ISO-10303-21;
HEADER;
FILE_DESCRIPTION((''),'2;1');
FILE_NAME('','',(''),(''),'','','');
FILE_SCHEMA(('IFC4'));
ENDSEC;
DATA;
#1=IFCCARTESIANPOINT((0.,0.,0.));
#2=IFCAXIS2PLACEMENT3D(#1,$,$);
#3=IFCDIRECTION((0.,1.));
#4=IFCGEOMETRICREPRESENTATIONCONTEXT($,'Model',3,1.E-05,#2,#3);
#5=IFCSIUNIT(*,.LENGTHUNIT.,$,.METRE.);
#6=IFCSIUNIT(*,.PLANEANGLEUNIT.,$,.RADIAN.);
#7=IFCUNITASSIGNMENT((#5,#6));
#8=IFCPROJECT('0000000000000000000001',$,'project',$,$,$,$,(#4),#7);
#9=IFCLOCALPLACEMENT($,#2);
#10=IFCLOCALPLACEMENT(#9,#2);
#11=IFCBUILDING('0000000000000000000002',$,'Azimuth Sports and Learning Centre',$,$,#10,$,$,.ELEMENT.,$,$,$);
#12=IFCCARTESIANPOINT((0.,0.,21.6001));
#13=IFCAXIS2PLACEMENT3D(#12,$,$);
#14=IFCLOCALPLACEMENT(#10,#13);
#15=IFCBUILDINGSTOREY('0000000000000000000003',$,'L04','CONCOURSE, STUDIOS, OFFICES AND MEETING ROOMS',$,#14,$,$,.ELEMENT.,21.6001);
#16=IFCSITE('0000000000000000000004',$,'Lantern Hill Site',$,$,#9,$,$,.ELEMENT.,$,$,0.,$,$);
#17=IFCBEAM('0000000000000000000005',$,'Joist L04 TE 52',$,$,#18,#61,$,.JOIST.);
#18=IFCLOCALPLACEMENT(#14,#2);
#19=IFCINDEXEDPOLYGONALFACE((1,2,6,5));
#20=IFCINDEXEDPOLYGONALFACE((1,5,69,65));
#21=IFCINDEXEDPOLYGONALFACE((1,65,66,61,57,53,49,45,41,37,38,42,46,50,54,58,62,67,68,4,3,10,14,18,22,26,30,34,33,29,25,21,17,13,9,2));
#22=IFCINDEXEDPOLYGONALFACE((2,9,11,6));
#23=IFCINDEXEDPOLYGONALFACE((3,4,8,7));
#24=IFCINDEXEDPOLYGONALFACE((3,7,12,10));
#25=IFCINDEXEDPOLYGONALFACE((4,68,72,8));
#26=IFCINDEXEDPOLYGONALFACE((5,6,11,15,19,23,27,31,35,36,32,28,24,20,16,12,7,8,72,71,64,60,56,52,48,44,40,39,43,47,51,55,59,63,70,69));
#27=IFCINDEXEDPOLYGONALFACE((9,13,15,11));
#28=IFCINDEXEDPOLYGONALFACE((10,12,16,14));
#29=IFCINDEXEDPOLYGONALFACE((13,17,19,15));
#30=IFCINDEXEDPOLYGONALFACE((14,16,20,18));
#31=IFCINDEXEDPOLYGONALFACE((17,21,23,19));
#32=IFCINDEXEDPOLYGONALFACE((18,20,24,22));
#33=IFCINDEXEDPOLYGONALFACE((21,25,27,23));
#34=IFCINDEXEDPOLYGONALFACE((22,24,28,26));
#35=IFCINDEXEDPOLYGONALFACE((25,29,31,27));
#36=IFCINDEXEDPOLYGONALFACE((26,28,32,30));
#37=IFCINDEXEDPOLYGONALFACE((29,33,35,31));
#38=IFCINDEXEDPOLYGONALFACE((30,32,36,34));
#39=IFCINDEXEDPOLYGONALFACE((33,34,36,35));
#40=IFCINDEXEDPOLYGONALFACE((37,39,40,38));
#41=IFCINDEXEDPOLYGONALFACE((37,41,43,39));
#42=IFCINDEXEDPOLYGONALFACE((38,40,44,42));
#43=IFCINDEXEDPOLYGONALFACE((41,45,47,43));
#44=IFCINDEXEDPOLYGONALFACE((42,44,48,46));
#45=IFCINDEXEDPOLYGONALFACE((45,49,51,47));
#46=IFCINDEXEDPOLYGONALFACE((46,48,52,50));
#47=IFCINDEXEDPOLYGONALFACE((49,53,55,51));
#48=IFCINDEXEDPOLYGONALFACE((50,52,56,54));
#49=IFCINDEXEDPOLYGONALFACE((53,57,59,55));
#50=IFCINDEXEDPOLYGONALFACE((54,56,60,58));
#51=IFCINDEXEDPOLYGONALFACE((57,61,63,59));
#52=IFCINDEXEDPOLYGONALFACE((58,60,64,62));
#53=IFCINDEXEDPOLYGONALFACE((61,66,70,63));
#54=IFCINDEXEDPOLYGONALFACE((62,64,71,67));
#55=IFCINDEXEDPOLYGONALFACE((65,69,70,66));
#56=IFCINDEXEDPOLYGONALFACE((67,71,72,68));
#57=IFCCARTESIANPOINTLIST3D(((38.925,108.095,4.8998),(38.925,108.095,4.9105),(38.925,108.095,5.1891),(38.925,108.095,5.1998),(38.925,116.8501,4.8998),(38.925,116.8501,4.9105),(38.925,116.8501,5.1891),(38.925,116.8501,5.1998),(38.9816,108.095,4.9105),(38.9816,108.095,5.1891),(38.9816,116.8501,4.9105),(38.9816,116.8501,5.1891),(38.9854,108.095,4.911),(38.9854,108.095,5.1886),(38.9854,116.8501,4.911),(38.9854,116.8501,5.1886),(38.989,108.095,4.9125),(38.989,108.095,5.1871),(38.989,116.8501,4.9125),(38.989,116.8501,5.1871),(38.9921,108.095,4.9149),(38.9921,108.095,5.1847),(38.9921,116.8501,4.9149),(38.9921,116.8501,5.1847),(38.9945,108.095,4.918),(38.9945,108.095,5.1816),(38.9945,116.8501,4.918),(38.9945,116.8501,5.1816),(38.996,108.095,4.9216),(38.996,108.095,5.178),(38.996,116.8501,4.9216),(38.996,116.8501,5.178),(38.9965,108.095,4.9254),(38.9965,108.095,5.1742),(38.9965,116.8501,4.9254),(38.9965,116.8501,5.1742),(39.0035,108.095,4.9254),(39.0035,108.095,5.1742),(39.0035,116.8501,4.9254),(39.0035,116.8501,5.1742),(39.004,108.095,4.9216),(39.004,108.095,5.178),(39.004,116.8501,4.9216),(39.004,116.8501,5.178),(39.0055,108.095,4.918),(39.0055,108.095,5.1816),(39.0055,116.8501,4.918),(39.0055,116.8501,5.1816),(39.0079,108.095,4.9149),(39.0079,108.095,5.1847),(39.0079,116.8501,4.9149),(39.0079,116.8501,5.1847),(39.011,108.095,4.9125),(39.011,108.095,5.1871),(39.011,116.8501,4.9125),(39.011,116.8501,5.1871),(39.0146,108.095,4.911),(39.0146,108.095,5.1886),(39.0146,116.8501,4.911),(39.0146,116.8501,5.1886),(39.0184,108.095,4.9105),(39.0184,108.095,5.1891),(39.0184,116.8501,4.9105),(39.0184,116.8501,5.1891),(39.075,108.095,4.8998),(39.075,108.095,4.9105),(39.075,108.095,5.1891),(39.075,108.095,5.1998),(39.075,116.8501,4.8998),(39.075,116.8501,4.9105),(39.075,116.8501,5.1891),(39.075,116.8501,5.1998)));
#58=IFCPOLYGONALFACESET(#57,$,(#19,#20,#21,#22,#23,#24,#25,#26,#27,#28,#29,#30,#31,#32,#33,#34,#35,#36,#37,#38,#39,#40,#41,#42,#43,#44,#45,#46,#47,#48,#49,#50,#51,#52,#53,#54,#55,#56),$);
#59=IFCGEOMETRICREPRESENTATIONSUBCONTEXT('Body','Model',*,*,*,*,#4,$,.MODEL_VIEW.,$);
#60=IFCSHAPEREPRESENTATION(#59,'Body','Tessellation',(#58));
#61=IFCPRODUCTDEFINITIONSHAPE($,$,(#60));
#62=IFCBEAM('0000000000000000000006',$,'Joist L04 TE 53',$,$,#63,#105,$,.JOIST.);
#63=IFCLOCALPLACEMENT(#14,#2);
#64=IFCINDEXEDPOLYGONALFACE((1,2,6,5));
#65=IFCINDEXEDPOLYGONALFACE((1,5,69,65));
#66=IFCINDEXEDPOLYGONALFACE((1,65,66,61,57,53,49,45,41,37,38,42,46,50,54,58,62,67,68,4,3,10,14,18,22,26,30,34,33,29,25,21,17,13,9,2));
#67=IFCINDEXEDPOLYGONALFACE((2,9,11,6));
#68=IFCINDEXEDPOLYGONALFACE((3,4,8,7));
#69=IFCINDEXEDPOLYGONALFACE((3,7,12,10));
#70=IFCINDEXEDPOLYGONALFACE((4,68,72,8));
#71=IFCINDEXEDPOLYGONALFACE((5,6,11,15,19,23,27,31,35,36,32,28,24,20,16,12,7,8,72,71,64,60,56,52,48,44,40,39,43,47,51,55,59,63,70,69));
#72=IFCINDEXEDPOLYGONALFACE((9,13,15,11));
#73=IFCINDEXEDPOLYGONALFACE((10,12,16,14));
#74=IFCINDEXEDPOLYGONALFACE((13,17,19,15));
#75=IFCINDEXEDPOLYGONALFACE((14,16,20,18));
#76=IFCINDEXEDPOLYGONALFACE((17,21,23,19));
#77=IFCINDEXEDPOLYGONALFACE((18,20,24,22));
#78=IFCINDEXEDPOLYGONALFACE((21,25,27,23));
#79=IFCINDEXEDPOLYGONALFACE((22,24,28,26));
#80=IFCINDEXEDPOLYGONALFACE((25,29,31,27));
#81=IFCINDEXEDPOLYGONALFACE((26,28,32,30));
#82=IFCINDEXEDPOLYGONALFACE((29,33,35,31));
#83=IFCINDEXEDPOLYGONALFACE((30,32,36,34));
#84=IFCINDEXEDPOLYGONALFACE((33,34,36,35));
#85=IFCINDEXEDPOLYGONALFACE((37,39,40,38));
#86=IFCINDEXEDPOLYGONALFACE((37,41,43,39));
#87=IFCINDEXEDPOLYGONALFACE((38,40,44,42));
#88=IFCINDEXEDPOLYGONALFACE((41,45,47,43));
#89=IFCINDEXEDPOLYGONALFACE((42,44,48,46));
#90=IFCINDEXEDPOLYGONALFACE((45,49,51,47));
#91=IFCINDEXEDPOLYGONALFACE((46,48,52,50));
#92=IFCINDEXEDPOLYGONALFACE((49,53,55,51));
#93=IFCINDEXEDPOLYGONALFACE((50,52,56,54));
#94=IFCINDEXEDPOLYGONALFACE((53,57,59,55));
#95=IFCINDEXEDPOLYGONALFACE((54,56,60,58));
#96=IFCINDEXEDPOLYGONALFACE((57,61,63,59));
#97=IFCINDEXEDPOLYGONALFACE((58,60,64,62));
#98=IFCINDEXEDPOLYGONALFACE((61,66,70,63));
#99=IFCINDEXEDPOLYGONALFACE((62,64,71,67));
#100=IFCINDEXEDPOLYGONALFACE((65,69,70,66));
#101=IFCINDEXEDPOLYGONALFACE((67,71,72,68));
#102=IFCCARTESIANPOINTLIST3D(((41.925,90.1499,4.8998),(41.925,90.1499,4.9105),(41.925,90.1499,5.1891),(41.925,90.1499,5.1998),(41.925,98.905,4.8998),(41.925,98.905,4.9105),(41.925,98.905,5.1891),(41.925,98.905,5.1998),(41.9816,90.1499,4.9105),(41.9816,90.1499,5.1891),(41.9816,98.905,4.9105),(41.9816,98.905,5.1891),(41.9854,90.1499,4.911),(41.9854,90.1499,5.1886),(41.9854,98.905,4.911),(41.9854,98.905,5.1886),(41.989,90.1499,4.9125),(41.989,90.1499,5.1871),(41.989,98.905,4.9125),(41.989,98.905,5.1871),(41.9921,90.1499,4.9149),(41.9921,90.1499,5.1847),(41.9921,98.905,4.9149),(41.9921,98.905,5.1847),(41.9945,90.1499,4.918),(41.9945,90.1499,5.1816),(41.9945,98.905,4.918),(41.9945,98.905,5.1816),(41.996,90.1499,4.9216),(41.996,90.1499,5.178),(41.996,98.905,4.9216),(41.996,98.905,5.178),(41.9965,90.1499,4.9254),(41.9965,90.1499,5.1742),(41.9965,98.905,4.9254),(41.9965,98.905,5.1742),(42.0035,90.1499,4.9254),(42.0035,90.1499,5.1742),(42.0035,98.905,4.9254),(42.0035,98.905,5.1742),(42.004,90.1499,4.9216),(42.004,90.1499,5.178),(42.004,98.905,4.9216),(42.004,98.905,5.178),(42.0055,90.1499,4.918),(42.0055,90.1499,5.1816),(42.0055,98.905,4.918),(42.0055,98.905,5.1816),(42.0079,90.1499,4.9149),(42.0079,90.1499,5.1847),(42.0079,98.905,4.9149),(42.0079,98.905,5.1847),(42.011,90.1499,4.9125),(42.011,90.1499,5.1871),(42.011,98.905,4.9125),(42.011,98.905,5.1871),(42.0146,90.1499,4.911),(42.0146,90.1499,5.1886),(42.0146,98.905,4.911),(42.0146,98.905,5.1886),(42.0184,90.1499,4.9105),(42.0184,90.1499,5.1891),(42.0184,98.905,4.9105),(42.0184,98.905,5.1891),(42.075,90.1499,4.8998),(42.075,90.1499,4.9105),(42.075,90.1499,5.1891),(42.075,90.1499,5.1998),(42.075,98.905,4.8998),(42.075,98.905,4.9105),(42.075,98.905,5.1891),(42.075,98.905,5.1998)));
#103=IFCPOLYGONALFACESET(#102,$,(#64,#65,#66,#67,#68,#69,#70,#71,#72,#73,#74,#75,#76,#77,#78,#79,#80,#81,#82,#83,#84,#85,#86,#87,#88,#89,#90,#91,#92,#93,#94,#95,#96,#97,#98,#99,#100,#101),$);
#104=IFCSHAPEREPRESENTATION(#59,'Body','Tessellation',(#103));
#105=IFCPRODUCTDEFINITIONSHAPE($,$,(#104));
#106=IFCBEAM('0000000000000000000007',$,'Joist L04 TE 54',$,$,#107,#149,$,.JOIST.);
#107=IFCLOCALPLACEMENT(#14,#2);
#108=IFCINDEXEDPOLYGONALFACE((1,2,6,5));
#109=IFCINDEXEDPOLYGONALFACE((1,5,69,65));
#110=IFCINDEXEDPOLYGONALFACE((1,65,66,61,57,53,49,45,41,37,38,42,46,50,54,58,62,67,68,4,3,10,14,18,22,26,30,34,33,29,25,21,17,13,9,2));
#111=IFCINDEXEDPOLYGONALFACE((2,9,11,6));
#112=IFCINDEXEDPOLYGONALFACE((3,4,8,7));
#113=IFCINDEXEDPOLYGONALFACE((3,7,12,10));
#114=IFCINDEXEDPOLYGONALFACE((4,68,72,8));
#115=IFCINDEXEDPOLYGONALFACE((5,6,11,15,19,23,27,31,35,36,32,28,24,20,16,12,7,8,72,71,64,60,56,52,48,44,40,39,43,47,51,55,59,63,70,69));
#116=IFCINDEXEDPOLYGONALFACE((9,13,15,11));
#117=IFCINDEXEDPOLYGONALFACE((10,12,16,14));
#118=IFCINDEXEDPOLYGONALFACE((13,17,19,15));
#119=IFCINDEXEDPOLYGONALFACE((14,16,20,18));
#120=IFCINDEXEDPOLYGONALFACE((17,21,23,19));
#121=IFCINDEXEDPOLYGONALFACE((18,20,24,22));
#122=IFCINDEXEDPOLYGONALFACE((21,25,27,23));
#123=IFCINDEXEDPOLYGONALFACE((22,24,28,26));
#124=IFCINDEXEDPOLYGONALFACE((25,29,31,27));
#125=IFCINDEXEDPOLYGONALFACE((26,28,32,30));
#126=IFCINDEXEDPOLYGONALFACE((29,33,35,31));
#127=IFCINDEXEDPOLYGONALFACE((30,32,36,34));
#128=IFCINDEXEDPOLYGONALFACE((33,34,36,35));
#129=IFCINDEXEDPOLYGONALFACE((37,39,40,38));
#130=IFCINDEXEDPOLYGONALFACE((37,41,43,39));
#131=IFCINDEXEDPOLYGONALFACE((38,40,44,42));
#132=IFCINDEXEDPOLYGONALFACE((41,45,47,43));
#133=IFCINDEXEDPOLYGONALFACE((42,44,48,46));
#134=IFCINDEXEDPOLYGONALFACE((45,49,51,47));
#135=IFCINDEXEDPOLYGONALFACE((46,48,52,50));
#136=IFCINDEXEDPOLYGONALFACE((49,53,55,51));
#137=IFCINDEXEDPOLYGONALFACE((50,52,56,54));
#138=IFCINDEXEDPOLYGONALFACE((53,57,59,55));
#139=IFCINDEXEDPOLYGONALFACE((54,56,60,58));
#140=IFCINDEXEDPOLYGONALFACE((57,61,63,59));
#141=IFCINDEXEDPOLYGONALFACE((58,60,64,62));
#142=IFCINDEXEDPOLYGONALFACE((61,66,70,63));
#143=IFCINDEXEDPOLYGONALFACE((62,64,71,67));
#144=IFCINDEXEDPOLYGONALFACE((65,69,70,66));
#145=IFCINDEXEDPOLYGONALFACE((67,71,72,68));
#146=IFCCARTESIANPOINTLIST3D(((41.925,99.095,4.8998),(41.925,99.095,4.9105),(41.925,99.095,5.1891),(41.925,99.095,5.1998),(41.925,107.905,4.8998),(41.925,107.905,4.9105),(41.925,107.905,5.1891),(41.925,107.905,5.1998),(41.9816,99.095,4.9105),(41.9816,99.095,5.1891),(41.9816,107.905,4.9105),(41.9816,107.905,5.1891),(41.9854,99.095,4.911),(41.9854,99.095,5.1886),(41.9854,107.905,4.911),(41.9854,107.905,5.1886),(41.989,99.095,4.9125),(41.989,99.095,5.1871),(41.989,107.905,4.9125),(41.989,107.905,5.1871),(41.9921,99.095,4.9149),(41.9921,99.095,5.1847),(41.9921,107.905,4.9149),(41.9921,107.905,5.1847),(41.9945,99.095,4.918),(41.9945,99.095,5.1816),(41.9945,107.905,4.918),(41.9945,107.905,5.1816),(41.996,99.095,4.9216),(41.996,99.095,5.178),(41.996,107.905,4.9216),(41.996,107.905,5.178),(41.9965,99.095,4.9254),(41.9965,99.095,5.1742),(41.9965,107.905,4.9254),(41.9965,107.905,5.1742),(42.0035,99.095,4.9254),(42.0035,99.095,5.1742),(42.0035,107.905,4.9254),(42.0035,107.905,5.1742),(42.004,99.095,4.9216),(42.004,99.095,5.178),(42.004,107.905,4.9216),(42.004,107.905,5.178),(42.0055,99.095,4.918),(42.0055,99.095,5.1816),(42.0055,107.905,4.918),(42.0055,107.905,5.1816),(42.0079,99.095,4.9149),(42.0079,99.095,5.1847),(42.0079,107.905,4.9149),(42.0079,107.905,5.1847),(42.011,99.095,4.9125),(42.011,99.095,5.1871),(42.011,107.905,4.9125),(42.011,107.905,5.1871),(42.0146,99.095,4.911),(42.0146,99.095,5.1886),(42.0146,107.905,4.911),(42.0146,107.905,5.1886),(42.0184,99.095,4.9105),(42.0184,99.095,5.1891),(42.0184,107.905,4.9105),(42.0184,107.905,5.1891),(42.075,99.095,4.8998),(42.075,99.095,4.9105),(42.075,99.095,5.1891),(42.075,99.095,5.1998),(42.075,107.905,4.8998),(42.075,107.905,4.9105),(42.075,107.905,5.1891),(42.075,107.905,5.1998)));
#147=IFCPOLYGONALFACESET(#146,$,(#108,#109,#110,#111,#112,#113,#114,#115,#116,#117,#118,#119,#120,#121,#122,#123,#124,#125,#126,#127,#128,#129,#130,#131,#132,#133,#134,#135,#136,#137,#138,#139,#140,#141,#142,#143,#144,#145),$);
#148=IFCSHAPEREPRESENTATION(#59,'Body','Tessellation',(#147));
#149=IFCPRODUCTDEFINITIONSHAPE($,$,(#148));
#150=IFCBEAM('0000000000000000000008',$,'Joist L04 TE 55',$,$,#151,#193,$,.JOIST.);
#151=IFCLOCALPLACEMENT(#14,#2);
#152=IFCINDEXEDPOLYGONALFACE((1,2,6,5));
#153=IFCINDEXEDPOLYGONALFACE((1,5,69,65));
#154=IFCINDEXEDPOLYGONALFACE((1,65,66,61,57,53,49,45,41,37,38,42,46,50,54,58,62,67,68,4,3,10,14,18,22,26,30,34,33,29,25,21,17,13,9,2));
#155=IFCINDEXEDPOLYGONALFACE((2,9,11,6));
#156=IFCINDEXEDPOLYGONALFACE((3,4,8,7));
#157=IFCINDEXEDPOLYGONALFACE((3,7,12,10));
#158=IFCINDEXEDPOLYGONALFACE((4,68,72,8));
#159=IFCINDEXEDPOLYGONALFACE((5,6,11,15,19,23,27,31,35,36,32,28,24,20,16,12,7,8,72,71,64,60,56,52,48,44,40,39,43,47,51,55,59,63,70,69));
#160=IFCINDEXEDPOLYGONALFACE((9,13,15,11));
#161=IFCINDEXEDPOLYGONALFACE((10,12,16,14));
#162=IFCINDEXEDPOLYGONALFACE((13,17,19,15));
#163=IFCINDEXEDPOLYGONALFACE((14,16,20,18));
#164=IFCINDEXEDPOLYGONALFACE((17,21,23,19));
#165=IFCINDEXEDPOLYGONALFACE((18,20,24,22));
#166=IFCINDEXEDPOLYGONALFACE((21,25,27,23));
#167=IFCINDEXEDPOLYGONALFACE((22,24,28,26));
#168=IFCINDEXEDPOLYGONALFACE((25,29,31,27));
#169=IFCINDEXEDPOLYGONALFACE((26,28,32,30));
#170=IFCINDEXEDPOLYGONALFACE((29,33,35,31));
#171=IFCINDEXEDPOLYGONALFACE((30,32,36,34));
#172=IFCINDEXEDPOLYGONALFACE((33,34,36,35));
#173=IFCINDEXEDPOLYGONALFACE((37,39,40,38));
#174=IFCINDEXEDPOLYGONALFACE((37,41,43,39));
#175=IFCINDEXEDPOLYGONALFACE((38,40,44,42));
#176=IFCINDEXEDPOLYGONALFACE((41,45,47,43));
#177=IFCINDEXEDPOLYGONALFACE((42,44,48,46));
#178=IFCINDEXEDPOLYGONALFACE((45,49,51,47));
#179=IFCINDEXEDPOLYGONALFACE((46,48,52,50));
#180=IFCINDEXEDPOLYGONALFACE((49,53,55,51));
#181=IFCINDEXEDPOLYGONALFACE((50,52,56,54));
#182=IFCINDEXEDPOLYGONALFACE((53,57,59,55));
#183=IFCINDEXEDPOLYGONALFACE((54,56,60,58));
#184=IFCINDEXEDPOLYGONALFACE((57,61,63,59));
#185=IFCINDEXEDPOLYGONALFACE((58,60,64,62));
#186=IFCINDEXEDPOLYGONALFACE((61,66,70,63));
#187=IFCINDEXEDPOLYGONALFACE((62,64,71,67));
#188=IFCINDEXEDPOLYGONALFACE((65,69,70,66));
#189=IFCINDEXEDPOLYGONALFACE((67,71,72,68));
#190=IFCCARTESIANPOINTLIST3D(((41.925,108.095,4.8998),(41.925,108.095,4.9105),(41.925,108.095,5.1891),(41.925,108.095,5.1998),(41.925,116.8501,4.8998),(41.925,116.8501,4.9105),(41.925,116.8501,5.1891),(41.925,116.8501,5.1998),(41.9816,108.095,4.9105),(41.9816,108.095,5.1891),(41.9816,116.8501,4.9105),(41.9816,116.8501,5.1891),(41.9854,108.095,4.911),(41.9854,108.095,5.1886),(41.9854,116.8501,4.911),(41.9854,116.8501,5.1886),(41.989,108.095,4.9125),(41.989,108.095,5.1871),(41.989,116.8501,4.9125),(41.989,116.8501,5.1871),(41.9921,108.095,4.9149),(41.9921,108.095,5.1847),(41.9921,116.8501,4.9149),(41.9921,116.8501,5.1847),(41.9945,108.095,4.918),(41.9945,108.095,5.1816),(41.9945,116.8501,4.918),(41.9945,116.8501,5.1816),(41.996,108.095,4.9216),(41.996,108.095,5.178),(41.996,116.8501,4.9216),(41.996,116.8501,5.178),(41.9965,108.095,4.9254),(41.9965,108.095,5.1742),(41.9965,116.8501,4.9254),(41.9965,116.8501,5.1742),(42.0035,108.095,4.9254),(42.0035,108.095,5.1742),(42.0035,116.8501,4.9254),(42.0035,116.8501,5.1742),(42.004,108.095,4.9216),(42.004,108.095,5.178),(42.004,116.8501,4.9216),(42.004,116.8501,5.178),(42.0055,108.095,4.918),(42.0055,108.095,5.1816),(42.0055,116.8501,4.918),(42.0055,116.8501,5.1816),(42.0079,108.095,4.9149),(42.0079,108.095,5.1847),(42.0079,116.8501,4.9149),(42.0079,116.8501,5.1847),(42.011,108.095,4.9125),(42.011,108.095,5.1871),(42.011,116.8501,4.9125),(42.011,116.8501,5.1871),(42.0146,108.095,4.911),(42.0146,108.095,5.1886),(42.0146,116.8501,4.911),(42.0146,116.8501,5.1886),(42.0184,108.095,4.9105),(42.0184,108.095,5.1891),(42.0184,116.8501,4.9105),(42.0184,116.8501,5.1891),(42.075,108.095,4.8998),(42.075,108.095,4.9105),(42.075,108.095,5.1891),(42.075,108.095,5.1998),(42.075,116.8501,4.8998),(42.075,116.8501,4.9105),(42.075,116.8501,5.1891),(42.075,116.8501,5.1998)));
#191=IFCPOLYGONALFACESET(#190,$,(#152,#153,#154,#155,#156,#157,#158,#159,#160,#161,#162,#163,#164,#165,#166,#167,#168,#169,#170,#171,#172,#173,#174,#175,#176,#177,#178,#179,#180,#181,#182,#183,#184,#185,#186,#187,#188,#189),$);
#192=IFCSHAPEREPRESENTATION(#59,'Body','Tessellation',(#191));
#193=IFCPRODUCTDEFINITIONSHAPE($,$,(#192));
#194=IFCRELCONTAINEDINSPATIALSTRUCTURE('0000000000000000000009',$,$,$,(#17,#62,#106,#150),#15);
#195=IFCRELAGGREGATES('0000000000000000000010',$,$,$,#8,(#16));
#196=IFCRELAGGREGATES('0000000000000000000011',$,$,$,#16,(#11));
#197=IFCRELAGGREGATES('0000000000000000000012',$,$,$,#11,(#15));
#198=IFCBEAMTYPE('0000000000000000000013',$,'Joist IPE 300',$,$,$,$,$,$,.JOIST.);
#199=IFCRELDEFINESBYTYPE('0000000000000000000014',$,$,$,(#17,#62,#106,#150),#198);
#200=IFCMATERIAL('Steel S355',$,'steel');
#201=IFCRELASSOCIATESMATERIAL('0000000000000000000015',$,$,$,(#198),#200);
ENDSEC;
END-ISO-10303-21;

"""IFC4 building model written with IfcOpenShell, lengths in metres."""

from ifc_helpers import new_model, si_unit, direction, frame, origin, origin_2d, place, context, subcontext, project, spatial, i_section, extrude, material, material_profile, profile_set, type_object, element, save


model = new_model("IFC4")

# Units and contexts
model_context = context("Model", 3, precision=1e-05, world=origin(), true_north=direction((0.0, 1.0)))
body_context = subcontext(model_context, "Body", "Model", "MODEL_VIEW")
ifc_project = project(units=[si_unit("LENGTHUNIT", "METRE"), si_unit("PLANEANGLEUNIT", "RADIAN")], contexts=[model_context])

# Site, building, storey
site_placement = place(None, origin())
site = spatial("IfcSite", under=ifc_project, at=site_placement, Name="Lantern Hill Site", CompositionType="ELEMENT", RefElevation=0.0)
building_placement = place(site_placement, origin())
building = spatial("IfcBuilding", under=site, at=building_placement, Name="Azimuth Sports and Learning Centre", CompositionType="ELEMENT")
storey_placement = place(building_placement, frame((0.0, 0.0, 21.6001)))
storey = spatial("IfcBuildingStorey", under=building, at=storey_placement, Name="L04", Description="CONCOURSE, STUDIOS, OFFICES AND MEETING ROOMS", CompositionType="ELEMENT", Elevation=21.6001)

# Beams
ifc_material_1 = material(Name="Steel S355", Category="steel")
ifc_material_profile_1 = material_profile(ifc_material_1, i_section(OverallWidth=0.1499, OverallDepth=0.3, WebThickness=0.0071, FlangeThickness=0.0107, FilletRadius=0.0149, at=origin_2d()), Name="IPE 300")
ifc_profile_set_1 = profile_set([ifc_material_profile_1], Name="Steel S355")
beam_type_1 = type_object("IfcBeamType", Name="Joist IPE 300", PredefinedType="JOIST", material=ifc_profile_set_1)
for number, where, z_axis, x_axis, name in (
    (1, (39.0, 108.095, 5.0498), (0.0, 1.0, 0.0), (-1.0, 0.0, 0.0), "Joist L04 TE 52"),
    (2, (42.0, 90.1499, 5.0498), (0.0, 1.0, 0.0), (-1.0, 0.0, 0.0), "Joist L04 TE 53"),
):
    element("IfcBeam", number, at=place(storey_placement, frame(where, z_axis=z_axis, x_axis=x_axis)), inside=storey, type_object=beam_type_1, Name=name, PredefinedType="JOIST", context=body_context, shape_type="SweptSolid", body=[
        extrude(i_section(OverallWidth=0.1499, OverallDepth=0.3, WebThickness=0.0071, FlangeThickness=0.0107, FilletRadius=0.0149, at=origin_2d()), origin(), (0.0, 0.0, 1.0), 8.7551),
    ])
beam_1_placement = place(storey_placement, frame((42.0, 99.095, 5.0498), z_axis=(0.0, 1.0, 0.0), x_axis=(-1.0, 0.0, 0.0)))
element("IfcBeam", 3, at=beam_1_placement, inside=storey, type_object=beam_type_1, Name="Joist L04 TE 54", PredefinedType="JOIST", context=body_context, shape_type="SweptSolid", body=[
    extrude(i_section(OverallWidth=0.1499, OverallDepth=0.3, WebThickness=0.0071, FlangeThickness=0.0107, FilletRadius=0.0149, at=origin_2d()), origin(), (0.0, 0.0, 1.0), 8.8101),
])
for number, where, z_axis, x_axis, name in (
    (4, (42.0, 108.095, 5.0498), (0.0, 1.0, 0.0), (-1.0, 0.0, 0.0), "Joist L04 TE 55"),
):
    element("IfcBeam", number, at=place(storey_placement, frame(where, z_axis=z_axis, x_axis=x_axis)), inside=storey, type_object=beam_type_1, Name=name, PredefinedType="JOIST", context=body_context, shape_type="SweptSolid", body=[
        extrude(i_section(OverallWidth=0.1499, OverallDepth=0.3, WebThickness=0.0071, FlangeThickness=0.0107, FilletRadius=0.0149, at=origin_2d()), origin(), (0.0, 0.0, 1.0), 8.7551),
    ])

save(model, "model.ifc")
